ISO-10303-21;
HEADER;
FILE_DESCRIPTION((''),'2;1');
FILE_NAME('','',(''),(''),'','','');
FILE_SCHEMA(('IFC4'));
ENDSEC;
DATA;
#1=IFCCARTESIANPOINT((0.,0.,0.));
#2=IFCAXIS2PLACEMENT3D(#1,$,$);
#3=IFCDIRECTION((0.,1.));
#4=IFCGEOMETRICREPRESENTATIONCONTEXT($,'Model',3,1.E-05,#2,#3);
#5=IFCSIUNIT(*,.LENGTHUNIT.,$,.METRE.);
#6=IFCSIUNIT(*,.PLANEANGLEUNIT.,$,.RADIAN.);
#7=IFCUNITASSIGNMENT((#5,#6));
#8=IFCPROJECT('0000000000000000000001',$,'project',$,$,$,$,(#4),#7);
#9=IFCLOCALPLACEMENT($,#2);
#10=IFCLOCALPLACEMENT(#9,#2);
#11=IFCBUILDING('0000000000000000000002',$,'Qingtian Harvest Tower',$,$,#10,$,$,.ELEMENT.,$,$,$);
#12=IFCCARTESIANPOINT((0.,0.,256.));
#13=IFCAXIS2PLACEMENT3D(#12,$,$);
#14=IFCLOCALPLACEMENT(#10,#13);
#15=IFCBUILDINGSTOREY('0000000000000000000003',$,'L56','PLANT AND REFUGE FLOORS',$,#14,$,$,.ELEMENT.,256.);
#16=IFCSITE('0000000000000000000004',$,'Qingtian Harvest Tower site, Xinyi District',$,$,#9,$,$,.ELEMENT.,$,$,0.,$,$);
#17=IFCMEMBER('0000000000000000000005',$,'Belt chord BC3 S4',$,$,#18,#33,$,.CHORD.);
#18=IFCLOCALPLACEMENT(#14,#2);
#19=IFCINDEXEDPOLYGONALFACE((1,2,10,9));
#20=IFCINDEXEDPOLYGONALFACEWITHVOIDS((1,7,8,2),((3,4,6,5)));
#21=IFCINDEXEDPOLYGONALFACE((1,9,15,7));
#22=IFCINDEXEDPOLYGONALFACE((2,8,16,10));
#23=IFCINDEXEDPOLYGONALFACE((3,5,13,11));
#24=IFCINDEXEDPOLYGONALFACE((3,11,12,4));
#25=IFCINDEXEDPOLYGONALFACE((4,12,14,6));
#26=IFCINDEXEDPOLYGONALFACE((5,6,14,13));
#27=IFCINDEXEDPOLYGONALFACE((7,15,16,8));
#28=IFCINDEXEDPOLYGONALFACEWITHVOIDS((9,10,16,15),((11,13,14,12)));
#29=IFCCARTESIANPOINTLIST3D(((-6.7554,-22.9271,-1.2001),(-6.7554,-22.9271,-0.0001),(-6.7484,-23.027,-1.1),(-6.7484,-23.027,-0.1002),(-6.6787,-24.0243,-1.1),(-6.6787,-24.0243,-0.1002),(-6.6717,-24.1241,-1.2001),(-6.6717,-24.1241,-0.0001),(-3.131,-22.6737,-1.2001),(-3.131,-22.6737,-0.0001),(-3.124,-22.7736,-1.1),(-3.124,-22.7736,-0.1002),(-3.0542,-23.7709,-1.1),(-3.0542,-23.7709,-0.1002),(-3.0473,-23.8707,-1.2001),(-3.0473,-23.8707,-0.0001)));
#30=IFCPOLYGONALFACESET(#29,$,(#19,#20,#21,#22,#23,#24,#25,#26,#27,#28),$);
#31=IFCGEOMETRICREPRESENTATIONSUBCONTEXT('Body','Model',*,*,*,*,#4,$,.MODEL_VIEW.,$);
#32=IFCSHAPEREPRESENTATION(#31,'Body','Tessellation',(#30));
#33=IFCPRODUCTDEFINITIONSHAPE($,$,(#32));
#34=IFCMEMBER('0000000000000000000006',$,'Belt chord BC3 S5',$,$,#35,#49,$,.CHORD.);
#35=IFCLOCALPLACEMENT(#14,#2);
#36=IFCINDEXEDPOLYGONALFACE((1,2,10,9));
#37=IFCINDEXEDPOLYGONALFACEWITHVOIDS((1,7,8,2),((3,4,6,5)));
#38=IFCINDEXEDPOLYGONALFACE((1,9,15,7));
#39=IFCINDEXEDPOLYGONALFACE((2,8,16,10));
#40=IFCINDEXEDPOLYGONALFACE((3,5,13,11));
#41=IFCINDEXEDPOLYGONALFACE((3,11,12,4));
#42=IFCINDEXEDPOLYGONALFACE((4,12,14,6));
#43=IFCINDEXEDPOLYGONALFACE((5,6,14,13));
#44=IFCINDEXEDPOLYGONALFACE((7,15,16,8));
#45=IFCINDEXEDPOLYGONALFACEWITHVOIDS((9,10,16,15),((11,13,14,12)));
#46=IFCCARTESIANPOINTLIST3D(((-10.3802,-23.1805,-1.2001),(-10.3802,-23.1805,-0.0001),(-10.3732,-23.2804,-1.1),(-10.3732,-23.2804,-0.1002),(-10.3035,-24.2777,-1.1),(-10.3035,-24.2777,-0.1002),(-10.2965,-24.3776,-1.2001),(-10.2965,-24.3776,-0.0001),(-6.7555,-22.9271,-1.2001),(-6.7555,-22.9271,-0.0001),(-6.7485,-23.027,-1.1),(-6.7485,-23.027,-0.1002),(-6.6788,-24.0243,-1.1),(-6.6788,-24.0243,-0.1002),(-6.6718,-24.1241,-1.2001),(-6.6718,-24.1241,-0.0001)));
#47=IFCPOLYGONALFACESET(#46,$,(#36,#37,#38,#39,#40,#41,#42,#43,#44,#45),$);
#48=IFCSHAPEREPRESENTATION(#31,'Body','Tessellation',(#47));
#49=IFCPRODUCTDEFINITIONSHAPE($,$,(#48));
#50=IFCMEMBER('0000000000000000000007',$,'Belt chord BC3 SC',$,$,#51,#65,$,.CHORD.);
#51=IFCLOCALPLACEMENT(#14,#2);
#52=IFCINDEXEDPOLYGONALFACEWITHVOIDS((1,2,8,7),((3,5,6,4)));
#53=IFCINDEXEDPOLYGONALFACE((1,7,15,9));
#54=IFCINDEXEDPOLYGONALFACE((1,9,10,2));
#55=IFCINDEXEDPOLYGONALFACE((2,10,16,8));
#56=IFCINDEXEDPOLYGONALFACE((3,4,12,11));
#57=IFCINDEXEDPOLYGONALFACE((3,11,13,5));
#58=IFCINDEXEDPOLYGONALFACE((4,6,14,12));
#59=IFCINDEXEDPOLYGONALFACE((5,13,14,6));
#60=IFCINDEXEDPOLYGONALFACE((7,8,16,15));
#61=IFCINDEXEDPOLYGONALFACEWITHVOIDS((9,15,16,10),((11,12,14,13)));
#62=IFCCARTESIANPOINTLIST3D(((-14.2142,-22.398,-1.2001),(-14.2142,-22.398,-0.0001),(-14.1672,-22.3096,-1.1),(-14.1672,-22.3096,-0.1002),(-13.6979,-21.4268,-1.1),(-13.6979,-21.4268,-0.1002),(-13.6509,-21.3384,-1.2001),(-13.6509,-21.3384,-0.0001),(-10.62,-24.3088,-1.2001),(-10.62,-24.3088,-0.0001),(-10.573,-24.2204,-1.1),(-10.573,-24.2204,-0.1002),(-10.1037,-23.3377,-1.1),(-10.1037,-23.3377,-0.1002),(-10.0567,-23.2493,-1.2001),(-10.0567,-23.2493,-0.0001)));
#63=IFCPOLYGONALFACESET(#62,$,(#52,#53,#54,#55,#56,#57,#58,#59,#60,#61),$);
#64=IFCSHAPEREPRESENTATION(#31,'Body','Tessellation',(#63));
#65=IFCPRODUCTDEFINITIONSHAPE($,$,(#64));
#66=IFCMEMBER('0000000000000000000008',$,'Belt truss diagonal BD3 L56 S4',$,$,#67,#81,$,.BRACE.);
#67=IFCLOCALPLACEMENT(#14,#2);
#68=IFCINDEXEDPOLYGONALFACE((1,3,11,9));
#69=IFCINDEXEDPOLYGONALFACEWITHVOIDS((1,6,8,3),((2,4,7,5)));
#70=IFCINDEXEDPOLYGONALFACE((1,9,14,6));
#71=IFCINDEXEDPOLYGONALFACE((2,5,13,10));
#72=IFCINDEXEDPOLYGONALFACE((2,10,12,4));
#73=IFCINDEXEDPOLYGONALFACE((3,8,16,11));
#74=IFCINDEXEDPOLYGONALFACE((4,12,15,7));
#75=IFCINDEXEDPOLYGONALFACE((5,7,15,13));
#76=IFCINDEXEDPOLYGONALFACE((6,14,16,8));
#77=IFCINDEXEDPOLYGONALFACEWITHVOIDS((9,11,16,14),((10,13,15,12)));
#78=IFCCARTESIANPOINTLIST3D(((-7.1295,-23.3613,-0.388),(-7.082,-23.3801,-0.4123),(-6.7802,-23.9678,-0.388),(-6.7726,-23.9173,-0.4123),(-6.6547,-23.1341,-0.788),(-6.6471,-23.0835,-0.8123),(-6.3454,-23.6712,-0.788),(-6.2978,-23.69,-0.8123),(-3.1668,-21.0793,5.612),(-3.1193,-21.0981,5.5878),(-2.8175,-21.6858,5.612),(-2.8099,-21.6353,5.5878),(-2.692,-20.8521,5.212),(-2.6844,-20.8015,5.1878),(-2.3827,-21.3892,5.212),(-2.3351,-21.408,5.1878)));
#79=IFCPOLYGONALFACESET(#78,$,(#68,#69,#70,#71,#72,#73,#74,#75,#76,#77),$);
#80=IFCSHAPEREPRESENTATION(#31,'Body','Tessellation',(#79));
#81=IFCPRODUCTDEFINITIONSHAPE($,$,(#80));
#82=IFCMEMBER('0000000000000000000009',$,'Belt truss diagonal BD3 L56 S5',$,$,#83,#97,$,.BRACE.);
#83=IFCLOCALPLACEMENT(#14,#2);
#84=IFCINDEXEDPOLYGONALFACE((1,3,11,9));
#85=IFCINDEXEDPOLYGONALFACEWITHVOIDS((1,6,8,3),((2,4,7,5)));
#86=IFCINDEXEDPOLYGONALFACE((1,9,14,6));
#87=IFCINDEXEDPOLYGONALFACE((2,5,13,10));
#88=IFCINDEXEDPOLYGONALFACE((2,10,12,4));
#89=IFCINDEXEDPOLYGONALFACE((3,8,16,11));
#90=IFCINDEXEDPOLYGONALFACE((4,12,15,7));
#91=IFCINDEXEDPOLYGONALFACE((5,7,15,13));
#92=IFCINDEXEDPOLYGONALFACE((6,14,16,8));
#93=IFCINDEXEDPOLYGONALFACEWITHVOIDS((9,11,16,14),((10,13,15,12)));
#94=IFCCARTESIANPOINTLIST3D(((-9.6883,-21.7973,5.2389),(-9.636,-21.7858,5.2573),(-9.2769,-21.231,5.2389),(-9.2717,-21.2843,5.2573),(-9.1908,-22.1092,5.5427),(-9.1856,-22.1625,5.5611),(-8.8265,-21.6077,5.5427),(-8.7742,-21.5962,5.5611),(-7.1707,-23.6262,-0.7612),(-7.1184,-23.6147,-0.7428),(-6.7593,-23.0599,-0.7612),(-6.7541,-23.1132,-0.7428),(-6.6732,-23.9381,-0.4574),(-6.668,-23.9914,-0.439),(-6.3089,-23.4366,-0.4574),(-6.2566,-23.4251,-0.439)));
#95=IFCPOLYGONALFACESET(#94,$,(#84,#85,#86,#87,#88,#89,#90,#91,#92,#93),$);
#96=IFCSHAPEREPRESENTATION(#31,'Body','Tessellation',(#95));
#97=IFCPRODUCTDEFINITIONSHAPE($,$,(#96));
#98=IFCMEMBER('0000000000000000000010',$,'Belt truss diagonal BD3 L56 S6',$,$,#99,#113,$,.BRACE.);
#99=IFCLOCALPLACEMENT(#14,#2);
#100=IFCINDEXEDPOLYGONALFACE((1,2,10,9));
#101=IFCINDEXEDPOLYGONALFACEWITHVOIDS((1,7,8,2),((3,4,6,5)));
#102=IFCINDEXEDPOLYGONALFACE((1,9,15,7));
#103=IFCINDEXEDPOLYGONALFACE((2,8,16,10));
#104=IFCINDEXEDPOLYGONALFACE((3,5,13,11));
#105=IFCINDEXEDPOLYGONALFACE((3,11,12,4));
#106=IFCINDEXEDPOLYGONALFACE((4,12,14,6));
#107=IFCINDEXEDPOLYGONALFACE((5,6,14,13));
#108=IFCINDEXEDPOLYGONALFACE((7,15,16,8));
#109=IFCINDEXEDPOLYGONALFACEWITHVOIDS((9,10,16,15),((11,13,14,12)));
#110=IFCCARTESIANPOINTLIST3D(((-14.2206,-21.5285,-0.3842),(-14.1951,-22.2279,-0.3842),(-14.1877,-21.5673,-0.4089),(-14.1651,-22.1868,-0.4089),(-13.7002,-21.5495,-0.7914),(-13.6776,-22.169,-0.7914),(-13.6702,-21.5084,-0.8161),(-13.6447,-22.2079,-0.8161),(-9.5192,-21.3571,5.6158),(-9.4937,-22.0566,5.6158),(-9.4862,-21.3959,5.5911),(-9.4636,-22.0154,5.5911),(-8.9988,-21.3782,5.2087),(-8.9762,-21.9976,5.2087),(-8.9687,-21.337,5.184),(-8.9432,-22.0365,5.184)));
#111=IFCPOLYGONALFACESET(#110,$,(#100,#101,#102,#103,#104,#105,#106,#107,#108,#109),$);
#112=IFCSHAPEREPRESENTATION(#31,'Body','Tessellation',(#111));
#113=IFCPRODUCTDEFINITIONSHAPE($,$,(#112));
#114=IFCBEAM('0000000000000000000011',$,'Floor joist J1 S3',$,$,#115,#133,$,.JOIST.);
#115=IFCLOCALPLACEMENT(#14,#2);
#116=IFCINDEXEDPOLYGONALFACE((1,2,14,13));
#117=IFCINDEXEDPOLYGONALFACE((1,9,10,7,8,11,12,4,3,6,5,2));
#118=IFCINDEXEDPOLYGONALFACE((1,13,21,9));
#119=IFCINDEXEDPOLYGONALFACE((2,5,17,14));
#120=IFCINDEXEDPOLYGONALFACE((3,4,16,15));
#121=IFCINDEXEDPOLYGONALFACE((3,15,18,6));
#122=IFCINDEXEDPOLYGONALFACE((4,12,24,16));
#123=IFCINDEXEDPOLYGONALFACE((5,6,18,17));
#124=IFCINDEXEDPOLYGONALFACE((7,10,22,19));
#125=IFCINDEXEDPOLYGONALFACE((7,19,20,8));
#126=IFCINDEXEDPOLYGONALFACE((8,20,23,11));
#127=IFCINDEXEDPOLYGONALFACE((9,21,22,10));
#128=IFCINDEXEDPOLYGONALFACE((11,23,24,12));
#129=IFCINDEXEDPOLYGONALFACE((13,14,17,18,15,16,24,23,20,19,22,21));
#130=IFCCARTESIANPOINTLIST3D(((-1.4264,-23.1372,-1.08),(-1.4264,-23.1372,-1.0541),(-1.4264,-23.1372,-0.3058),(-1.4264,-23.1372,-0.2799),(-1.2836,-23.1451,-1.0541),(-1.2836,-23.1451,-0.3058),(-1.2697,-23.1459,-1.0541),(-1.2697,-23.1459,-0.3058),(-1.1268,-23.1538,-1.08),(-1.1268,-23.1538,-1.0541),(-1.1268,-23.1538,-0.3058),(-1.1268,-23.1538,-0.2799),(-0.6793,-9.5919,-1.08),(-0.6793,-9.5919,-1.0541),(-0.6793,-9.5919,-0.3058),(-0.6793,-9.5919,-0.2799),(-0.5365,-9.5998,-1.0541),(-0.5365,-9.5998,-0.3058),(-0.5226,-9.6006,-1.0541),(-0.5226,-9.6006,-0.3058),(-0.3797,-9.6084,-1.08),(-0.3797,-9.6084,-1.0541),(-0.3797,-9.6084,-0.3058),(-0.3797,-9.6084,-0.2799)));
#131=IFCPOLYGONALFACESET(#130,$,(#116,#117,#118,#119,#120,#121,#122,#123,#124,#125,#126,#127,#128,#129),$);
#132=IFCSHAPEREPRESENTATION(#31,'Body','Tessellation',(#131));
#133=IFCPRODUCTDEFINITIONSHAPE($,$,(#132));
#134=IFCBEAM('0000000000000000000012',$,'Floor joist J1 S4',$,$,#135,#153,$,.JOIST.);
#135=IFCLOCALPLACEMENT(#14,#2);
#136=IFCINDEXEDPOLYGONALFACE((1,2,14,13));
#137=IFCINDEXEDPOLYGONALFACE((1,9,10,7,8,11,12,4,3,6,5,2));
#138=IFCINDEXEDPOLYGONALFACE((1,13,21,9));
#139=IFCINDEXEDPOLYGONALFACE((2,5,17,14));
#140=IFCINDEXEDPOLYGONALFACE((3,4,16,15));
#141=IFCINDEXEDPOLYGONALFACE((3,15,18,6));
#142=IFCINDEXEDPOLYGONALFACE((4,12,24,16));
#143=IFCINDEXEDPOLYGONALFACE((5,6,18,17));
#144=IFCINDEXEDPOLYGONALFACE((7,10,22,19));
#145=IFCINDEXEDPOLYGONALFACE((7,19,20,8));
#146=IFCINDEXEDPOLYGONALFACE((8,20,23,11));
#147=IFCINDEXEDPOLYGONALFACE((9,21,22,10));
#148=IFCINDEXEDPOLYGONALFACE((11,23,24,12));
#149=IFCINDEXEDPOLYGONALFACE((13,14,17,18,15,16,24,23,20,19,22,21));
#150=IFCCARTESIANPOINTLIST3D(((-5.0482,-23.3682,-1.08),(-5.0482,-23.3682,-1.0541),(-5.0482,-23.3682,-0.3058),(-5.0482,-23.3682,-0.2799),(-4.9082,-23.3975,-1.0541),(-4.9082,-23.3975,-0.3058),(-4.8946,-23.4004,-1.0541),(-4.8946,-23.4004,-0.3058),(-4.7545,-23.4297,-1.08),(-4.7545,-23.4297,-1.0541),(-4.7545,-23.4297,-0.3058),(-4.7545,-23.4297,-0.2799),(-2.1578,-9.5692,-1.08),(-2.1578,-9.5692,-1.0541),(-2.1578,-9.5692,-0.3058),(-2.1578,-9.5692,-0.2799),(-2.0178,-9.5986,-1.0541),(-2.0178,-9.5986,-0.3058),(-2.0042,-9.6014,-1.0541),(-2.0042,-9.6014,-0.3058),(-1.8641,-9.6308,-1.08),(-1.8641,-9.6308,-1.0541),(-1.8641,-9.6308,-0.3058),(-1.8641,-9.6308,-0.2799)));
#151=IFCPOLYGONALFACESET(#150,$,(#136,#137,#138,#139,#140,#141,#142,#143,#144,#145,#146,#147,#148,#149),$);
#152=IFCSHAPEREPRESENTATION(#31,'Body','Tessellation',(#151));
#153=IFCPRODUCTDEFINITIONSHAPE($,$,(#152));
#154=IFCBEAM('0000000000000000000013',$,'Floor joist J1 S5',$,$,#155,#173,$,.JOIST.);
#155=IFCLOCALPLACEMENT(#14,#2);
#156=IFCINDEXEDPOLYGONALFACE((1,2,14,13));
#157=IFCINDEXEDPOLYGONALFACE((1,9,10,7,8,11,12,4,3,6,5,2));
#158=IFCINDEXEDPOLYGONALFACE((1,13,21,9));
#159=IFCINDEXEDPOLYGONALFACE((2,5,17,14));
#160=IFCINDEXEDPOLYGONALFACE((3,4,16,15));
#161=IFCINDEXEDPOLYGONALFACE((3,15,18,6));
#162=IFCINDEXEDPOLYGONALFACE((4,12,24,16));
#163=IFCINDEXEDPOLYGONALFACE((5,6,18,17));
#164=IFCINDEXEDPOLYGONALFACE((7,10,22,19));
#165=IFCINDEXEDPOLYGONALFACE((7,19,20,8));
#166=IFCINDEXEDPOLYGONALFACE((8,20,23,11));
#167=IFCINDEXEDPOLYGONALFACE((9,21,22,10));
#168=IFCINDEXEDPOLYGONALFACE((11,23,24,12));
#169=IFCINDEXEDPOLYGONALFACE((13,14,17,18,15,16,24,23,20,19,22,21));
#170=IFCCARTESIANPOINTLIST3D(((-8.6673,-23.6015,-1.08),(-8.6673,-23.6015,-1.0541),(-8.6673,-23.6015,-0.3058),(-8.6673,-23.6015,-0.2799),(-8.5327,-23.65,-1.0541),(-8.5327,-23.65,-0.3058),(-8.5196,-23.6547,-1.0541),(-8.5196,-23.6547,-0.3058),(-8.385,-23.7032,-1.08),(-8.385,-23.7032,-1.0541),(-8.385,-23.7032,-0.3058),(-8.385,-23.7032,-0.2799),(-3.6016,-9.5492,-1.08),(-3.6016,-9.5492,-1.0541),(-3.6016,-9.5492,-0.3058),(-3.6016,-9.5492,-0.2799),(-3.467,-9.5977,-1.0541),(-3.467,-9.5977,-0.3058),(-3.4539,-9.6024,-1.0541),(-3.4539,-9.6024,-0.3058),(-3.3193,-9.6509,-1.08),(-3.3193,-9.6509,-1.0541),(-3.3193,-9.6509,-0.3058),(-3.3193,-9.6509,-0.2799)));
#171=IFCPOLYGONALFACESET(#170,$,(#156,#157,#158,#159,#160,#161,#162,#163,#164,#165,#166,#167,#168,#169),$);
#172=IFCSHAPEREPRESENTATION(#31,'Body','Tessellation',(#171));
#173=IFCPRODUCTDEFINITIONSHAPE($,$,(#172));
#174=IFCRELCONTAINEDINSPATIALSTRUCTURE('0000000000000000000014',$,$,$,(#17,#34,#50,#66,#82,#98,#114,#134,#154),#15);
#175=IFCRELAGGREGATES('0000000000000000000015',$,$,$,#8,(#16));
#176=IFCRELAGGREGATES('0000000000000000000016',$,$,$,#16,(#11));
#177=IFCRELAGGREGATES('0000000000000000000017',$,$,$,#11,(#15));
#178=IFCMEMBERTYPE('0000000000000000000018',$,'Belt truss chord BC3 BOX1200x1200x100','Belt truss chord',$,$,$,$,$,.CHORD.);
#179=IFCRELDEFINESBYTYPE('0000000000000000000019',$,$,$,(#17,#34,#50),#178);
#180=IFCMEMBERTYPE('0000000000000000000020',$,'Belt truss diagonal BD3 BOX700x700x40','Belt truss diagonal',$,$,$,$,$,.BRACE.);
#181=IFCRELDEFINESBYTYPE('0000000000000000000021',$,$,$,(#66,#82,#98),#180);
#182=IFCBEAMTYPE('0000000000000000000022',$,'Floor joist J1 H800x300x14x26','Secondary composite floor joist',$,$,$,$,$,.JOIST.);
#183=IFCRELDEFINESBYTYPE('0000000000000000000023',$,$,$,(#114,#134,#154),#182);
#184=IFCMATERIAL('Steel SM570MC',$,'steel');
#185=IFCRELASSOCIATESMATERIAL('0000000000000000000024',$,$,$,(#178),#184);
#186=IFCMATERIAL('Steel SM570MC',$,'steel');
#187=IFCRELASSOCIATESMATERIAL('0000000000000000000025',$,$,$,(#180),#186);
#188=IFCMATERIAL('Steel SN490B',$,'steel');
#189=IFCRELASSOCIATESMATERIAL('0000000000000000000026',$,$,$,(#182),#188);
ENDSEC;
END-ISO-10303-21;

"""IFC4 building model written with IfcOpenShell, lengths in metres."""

from ifc_helpers import new_model, si_unit, direction, frame, origin, origin_2d, place, context, subcontext, project, spatial, hollow_rectangle, i_section, extrude, material, material_profile, profile_set, type_object, element, save


model = new_model("IFC4")

# Units and contexts
model_context = context("Model", 3, precision=1e-05, world=origin(), true_north=direction((0.0, 1.0)))
body_context = subcontext(model_context, "Body", "Model", "MODEL_VIEW")
ifc_project = project(units=[si_unit("LENGTHUNIT", "METRE"), si_unit("PLANEANGLEUNIT", "RADIAN")], contexts=[model_context])

# Site, building, storey
site_placement = place(None, origin())
site = spatial("IfcSite", under=ifc_project, at=site_placement, Name="Qingtian Harvest Tower site, Xinyi District", CompositionType="ELEMENT", RefElevation=0.0)
building_placement = place(site_placement, origin())
building = spatial("IfcBuilding", under=site, at=building_placement, Name="Qingtian Harvest Tower", CompositionType="ELEMENT")
storey_placement = place(building_placement, frame((0.0, 0.0, 256.0)))
storey = spatial("IfcBuildingStorey", under=building, at=storey_placement, Name="L56", Description="PLANT AND REFUGE FLOORS", CompositionType="ELEMENT", Elevation=256.0)

# Members
ifc_material_1 = material(Name="Steel SM570MC", Category="steel")
ifc_material_profile_1 = material_profile(ifc_material_1, hollow_rectangle(XDim=1.2, YDim=1.2, WallThickness=0.1001, at=origin_2d()), Name="BOX1200x1200x100")
ifc_profile_set_1 = profile_set([ifc_material_profile_1], Name="Steel SM570MC")
member_type_1 = type_object("IfcMemberType", Name="Belt truss chord BC3 BOX1200x1200x100", Description="Belt truss chord", PredefinedType="CHORD", material=ifc_profile_set_1)
member_1_placement = place(storey_placement, frame((-3.0891, -23.2722, -0.6001), z_axis=(-0.997565, -0.069748, 0.0), x_axis=(0.069748, -0.997565, 0.0)))
element("IfcMember", 1, at=member_1_placement, inside=storey, type_object=member_type_1, Name="Belt chord BC3 S4", PredefinedType="CHORD", context=body_context, shape_type="SweptSolid", body=[
    extrude(hollow_rectangle(XDim=1.2, YDim=1.2, WallThickness=0.1001, at=origin_2d()), origin(), (0.0, 0.0, 1.0), 3.6333),
])
member_2_placement = place(storey_placement, frame((-6.7136, -23.5256, -0.6001), z_axis=(-0.997565, -0.069743, 0.0), x_axis=(0.069743, -0.997565, 0.0)))
element("IfcMember", 2, at=member_2_placement, inside=storey, type_object=member_type_1, Name="Belt chord BC3 S5", PredefinedType="CHORD", context=body_context, shape_type="SweptSolid", body=[
    extrude(hollow_rectangle(XDim=1.2, YDim=1.2, WallThickness=0.1001, at=origin_2d()), origin(), (0.0, 0.0, 1.0), 3.6335),
])
member_3_placement = place(storey_placement, frame((-10.3384, -23.7791, -0.6001), z_axis=(-0.882968, 0.469433, 0.0), x_axis=(-0.469433, -0.882968, 0.0)))
element("IfcMember", 3, at=member_3_placement, inside=storey, type_object=member_type_1, Name="Belt chord BC3 SC", PredefinedType="CHORD", context=body_context, shape_type="SweptSolid", body=[
    extrude(hollow_rectangle(XDim=1.2, YDim=1.2, WallThickness=0.1001, at=origin_2d()), origin(), (0.0, 0.0, 1.0), 4.0706),
])
ifc_material_2 = material(Name="Steel SM570MC", Category="steel")
ifc_material_profile_2 = material_profile(ifc_material_2, hollow_rectangle(XDim=0.7, YDim=0.7, WallThickness=0.04, at=origin_2d()), Name="BOX700x700x40")
ifc_profile_set_2 = profile_set([ifc_material_profile_2], Name="Steel SM570MC")
member_type_2 = type_object("IfcMemberType", Name="Belt truss diagonal BD3 BOX700x700x40", Description="Belt truss diagonal", PredefinedType="BRACE", material=ifc_profile_set_2)
member_4_placement = place(storey_placement, frame((-2.751, -21.2437, 5.3999), z_axis=(-0.52528, -0.302495, -0.795347), x_axis=(0.49904, -0.866579, 0.0)))
element("IfcMember", 4, at=member_4_placement, inside=storey, type_object=member_type_2, Name="Belt truss diagonal BD3 L56 S4", PredefinedType="BRACE", context=body_context, shape_type="SweptSolid", body=[
    extrude(hollow_rectangle(XDim=0.7, YDim=0.7, WallThickness=0.04, at=origin_2d()), origin(), (0.0, 0.0, 1.0), 7.5439),
])
member_5_placement = place(storey_placement, frame((-6.7136, -23.5256, -0.6001), z_axis=(-0.372483, 0.270585, 0.887717), x_axis=(-0.587728, -0.809058, 0.0)))
element("IfcMember", 5, at=member_5_placement, inside=storey, type_object=member_type_2, Name="Belt truss diagonal BD3 L56 S5", PredefinedType="BRACE", context=body_context, shape_type="SweptSolid", body=[
    extrude(hollow_rectangle(XDim=0.7, YDim=0.7, WallThickness=0.04, at=origin_2d()), origin(), (0.0, 0.0, 1.0), 6.759),
])
member_6_placement = place(storey_placement, frame((-9.2312, -21.6968, 5.3999), z_axis=(-0.616621, -0.022478, -0.786939), x_axis=(0.03643, -0.999336, 0.0)))
element("IfcMember", 6, at=member_6_placement, inside=storey, type_object=member_type_2, Name="Belt truss diagonal BD3 L56 S6", PredefinedType="BRACE", context=body_context, shape_type="SweptSolid", body=[
    extrude(hollow_rectangle(XDim=0.7, YDim=0.7, WallThickness=0.04, at=origin_2d()), origin(), (0.0, 0.0, 1.0), 7.6245),
])

# Beams
ifc_material_3 = material(Name="Steel SN490B", Category="steel")
ifc_material_profile_3 = material_profile(ifc_material_3, i_section(OverallWidth=0.3, OverallDepth=0.8, WebThickness=0.0139, FlangeThickness=0.0259, at=origin_2d()), Name="H800x300x14x26")
ifc_profile_set_3 = profile_set([ifc_material_profile_3], Name="Steel SN490B")
beam_type_1 = type_object("IfcBeamType", Name="Floor joist J1 H800x300x14x26", Description="Secondary composite floor joist", PredefinedType="JOIST", material=ifc_profile_set_3)
beam_1_placement = place(storey_placement, frame((-1.2766, -23.1455, -0.6799), z_axis=(0.055069, 0.998483, 0.0), x_axis=(-0.998483, 0.055069, 0.0)))
element("IfcBeam", 7, at=beam_1_placement, inside=storey, type_object=beam_type_1, Name="Floor joist J1 S3", PredefinedType="JOIST", context=body_context, shape_type="SweptSolid", body=[
    extrude(i_section(OverallWidth=0.3, OverallDepth=0.8, WebThickness=0.0139, FlangeThickness=0.0259, at=origin_2d()), origin(), (0.0, 0.0, 1.0), 13.5659),
])
beam_2_placement = place(storey_placement, frame((-4.9014, -23.3989, -0.6799), z_axis=(0.205016, 0.978759, 0.0), x_axis=(-0.978759, 0.205016, 0.0)))
element("IfcBeam", 8, at=beam_2_placement, inside=storey, type_object=beam_type_1, Name="Floor joist J1 S4", PredefinedType="JOIST", context=body_context, shape_type="SweptSolid", body=[
    extrude(i_section(OverallWidth=0.3, OverallDepth=0.8, WebThickness=0.0139, FlangeThickness=0.0259, at=origin_2d()), origin(), (0.0, 0.0, 1.0), 14.0984),
])
beam_3_placement = place(storey_placement, frame((-8.5261, -23.6523, -0.6799), z_axis=(0.339126, 0.940741, 0.0), x_axis=(-0.940741, 0.339126, 0.0)))
element("IfcBeam", 9, at=beam_3_placement, inside=storey, type_object=beam_type_1, Name="Floor joist J1 S5", PredefinedType="JOIST", context=body_context, shape_type="SweptSolid", body=[
    extrude(i_section(OverallWidth=0.3, OverallDepth=0.8, WebThickness=0.0139, FlangeThickness=0.0259, at=origin_2d()), origin(), (0.0, 0.0, 1.0), 14.9375),
])

save(model, "model.ifc")
